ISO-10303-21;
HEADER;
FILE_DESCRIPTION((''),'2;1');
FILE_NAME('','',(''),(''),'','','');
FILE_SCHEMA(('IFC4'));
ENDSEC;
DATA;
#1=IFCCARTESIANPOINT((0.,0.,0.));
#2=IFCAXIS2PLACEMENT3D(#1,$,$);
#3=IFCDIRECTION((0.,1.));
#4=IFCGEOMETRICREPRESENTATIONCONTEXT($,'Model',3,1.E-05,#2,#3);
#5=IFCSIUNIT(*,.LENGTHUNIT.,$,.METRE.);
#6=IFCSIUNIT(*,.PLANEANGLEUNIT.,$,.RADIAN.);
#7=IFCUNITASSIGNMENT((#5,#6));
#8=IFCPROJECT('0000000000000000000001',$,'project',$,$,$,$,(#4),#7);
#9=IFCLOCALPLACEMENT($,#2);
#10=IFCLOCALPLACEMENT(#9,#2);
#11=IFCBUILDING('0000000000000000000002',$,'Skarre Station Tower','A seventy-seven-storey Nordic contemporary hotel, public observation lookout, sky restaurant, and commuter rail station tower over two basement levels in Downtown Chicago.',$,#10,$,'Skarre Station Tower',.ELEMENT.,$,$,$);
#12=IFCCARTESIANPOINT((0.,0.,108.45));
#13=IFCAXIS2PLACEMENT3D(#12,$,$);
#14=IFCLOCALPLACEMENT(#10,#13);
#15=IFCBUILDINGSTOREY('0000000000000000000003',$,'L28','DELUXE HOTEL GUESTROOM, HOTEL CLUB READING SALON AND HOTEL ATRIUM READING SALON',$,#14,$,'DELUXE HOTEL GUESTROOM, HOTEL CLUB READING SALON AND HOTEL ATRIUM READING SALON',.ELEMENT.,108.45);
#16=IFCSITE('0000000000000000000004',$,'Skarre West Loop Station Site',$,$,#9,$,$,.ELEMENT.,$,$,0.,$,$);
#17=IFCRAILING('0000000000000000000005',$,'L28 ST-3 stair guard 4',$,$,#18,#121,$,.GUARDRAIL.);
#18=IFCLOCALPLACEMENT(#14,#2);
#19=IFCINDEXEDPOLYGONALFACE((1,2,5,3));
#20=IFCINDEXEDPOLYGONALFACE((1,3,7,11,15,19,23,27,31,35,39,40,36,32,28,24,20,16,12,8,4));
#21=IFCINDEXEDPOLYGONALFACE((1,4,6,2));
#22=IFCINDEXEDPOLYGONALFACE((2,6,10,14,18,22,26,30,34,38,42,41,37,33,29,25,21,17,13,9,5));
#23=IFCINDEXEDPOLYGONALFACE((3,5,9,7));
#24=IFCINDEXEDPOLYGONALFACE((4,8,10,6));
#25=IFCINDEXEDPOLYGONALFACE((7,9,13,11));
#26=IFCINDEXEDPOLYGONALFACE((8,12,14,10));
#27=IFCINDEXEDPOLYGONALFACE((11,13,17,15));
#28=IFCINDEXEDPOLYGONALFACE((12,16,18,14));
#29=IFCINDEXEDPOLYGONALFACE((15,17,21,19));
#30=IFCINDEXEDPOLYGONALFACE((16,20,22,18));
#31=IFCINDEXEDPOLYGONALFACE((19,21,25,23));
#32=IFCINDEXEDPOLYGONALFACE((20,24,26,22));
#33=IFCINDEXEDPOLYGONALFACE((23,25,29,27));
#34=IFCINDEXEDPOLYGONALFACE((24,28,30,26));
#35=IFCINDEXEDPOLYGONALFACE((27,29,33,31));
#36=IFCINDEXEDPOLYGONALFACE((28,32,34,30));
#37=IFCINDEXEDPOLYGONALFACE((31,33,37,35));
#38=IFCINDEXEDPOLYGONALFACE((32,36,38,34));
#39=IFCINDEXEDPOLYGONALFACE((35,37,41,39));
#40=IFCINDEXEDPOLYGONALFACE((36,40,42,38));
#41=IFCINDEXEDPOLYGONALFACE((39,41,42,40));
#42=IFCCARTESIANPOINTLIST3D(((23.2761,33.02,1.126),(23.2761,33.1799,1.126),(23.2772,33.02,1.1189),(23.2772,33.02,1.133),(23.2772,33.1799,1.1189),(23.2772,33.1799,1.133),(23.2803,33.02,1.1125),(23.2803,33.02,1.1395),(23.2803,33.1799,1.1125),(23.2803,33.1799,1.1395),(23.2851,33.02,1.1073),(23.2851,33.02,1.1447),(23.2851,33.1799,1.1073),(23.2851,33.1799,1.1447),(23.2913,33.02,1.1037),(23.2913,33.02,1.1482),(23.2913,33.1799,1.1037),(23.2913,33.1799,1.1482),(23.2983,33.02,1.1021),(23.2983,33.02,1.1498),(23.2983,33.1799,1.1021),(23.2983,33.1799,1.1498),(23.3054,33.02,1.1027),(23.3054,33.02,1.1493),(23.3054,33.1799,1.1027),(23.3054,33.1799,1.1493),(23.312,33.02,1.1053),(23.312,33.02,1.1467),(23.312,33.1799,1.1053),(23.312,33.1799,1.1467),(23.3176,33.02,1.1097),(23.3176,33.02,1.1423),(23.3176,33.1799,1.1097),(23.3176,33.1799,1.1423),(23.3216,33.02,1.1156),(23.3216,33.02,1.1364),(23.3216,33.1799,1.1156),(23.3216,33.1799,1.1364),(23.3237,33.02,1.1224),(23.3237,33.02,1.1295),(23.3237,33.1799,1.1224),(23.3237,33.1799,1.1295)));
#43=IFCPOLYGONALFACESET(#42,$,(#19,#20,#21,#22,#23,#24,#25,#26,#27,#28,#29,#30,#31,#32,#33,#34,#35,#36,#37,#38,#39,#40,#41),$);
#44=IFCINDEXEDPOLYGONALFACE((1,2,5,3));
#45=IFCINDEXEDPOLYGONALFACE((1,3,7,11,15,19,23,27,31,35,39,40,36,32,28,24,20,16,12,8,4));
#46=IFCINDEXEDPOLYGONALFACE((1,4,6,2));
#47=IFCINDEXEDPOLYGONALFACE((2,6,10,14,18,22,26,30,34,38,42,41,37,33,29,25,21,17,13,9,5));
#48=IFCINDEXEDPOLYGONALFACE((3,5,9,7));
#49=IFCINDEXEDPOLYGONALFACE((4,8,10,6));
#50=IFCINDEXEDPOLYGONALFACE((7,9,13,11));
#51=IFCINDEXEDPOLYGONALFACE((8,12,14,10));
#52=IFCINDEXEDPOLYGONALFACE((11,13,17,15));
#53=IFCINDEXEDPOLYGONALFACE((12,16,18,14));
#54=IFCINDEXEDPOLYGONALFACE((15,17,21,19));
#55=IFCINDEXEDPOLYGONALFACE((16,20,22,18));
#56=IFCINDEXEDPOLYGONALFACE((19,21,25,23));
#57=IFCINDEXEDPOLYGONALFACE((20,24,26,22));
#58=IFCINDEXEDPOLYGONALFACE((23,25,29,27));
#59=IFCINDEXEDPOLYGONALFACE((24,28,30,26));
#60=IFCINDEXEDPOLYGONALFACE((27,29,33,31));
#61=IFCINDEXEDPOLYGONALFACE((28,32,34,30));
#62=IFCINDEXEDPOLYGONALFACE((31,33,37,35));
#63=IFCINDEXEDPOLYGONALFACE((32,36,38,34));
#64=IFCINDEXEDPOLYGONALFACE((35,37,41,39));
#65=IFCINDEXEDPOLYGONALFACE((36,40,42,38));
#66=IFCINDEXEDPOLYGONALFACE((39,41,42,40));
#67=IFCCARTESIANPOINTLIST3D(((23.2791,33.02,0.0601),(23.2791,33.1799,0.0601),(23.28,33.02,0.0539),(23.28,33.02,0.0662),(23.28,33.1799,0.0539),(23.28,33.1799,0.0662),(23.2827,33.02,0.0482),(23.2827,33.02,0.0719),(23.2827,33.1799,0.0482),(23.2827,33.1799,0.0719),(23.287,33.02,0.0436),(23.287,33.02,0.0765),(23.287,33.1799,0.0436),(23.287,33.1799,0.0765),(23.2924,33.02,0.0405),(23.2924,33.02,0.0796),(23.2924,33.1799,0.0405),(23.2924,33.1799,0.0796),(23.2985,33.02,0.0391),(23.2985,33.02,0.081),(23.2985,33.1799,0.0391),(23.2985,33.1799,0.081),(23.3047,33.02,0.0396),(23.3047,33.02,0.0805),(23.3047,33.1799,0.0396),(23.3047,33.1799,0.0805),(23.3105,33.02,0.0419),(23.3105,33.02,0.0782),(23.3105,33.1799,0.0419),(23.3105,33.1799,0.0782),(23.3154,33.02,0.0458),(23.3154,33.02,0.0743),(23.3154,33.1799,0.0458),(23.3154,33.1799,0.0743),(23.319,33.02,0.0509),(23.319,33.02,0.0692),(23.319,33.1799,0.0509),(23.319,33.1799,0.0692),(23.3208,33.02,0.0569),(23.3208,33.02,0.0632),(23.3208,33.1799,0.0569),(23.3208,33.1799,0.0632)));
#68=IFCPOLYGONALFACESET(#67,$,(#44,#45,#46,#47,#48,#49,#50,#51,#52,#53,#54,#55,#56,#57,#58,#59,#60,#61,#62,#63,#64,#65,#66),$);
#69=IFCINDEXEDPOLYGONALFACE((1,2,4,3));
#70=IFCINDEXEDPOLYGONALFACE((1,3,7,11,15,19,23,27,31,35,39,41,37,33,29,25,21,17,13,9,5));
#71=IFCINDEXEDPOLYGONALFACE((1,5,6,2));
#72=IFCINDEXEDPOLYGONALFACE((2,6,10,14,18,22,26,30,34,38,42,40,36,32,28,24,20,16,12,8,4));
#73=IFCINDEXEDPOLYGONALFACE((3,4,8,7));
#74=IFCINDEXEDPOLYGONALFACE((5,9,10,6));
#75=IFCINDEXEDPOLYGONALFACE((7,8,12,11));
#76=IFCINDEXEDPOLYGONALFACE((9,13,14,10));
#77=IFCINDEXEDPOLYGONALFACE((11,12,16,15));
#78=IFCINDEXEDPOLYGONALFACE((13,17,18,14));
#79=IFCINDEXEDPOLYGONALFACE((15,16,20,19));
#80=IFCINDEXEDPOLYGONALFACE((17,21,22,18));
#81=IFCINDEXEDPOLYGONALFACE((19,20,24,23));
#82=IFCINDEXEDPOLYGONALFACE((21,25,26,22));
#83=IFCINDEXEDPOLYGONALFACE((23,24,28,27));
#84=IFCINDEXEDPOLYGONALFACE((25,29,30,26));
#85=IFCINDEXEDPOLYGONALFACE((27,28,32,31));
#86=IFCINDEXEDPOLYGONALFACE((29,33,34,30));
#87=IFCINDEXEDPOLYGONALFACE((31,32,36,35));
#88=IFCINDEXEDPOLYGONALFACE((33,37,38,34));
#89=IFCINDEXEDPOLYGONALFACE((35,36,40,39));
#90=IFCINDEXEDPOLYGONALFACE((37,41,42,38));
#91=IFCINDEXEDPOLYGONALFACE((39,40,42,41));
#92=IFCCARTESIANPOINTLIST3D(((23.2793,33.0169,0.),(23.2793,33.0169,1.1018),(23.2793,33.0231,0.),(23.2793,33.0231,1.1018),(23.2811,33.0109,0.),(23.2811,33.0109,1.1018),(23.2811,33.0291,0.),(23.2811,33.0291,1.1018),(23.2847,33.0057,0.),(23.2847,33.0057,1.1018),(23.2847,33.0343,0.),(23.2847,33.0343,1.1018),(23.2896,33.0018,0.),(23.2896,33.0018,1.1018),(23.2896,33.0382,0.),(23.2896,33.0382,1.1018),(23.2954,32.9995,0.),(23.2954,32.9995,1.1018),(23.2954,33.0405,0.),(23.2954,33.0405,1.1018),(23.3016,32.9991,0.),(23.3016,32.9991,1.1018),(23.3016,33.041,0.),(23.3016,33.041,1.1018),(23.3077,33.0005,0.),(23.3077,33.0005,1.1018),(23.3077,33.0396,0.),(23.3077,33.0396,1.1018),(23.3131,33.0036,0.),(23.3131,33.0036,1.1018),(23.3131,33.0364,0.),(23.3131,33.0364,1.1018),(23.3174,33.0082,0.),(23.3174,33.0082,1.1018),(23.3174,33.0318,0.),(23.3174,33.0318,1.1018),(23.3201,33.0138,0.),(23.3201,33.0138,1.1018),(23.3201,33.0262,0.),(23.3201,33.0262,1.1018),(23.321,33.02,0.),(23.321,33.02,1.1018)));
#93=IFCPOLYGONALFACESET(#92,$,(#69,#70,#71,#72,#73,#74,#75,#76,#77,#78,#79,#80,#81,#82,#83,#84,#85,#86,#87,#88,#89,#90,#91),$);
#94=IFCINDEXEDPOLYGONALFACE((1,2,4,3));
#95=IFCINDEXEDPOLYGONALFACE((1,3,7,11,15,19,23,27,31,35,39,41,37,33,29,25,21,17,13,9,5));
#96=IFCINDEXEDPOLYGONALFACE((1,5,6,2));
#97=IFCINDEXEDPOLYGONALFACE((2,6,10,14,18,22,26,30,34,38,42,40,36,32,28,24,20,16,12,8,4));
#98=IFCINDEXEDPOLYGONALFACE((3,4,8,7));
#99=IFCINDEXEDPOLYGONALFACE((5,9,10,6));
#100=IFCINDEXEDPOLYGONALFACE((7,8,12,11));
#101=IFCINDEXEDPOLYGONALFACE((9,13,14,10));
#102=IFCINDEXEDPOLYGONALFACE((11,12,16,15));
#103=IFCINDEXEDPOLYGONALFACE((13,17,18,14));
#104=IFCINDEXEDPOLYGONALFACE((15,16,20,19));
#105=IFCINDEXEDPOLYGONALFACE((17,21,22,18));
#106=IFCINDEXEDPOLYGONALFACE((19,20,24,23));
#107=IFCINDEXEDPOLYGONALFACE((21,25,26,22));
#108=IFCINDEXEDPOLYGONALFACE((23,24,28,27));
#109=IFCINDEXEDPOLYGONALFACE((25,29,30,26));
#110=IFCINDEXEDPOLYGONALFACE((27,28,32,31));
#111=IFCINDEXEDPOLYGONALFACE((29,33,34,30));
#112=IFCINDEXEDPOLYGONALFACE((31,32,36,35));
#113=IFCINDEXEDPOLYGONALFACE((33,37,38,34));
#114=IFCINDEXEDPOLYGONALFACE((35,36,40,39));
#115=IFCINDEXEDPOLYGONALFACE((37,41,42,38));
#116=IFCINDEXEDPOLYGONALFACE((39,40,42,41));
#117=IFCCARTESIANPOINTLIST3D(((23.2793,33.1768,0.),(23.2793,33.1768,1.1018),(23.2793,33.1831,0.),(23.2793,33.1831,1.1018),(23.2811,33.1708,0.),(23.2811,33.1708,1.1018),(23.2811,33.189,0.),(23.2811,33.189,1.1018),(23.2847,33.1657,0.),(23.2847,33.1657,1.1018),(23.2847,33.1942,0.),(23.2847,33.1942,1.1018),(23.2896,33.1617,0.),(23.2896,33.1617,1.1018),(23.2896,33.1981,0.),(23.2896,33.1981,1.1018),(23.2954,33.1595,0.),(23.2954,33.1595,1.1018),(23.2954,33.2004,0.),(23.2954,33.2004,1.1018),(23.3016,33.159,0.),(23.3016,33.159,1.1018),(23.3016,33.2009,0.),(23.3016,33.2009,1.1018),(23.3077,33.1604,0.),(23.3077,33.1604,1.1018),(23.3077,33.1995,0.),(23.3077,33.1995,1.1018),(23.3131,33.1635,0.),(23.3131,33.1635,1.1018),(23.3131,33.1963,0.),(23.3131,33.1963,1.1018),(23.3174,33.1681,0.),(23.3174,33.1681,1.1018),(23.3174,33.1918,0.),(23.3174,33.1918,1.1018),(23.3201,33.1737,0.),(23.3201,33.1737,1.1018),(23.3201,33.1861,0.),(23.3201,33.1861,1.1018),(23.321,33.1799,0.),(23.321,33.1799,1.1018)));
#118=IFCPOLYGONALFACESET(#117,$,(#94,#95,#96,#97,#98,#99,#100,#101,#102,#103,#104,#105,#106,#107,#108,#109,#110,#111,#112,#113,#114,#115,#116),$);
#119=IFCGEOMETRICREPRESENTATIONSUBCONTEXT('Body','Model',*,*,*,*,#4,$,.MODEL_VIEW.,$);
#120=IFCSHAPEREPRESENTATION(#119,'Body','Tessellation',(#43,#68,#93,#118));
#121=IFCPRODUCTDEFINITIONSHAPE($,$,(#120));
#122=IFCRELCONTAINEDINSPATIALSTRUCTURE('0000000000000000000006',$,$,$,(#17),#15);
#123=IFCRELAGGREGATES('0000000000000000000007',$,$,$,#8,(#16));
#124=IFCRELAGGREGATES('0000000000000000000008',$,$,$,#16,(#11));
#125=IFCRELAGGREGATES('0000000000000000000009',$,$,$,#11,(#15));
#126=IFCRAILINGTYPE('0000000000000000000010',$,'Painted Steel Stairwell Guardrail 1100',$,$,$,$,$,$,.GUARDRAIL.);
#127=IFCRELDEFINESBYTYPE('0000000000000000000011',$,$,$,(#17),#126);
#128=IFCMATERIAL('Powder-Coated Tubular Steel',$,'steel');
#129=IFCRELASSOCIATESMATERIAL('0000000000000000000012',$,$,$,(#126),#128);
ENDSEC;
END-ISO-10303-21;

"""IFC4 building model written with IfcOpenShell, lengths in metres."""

from ifc_helpers import new_model, si_unit, direction, frame, origin, origin_2d, place, context, subcontext, project, spatial, circle, extrude, material, type_object, element, save


model = new_model("IFC4")

# Units and contexts
model_context = context("Model", 3, precision=1e-05, world=origin(), true_north=direction((0.0, 1.0)))
body_context = subcontext(model_context, "Body", "Model", "MODEL_VIEW")
ifc_project = project(units=[si_unit("LENGTHUNIT", "METRE"), si_unit("PLANEANGLEUNIT", "RADIAN")], contexts=[model_context])

# Site, building, storey
site_placement = place(None, origin())
site = spatial("IfcSite", under=ifc_project, at=site_placement, Name="Skarre West Loop Station Site", CompositionType="ELEMENT", RefElevation=0.0)
building_placement = place(site_placement, origin())
building = spatial("IfcBuilding", under=site, at=building_placement, Name="Skarre Station Tower", Description="A seventy-seven-storey Nordic contemporary hotel, public observation lookout, sky restaurant, and commuter rail station tower over two basement levels in Downtown Chicago.", LongName="Skarre Station Tower", CompositionType="ELEMENT")
storey_placement = place(building_placement, frame((0.0, 0.0, 108.45)))
storey = spatial("IfcBuildingStorey", under=building, at=storey_placement, Name="L28", Description="DELUXE HOTEL GUESTROOM, HOTEL CLUB READING SALON AND HOTEL ATRIUM READING SALON", LongName="DELUXE HOTEL GUESTROOM, HOTEL CLUB READING SALON AND HOTEL ATRIUM READING SALON", CompositionType="ELEMENT", Elevation=108.45)

# Railing
ifc_material_1 = material(Name="Powder-Coated Tubular Steel", Category="steel")
railing_type_1 = type_object("IfcRailingType", Name="Painted Steel Stairwell Guardrail 1100", PredefinedType="GUARDRAIL", material=ifc_material_1)
railing_1_placement = place(storey_placement, frame((23.3, 33.02, 0.0)))
element("IfcRailing", 1, at=railing_1_placement, inside=storey, type_object=railing_type_1, Name="L28 ST-3 stair guard 4", PredefinedType="GUARDRAIL", context=body_context, shape_type="SweptSolid", body=[
    extrude(circle(Radius=0.0239, at=origin_2d()), frame((0.0, 0.0, 1.126), z_axis=(0.0, 1.0, 0.0), x_axis=(-1.0, 0.0, 0.0)), (0.0, 0.0, 1.0), 0.1599),
    extrude(circle(Radius=0.021, at=origin_2d()), frame((0.0, 0.0, 0.0601), z_axis=(0.0, 1.0, 0.0), x_axis=(-1.0, 0.0, 0.0)), (0.0, 0.0, 1.0), 0.1599),
    extrude(circle(Radius=0.021, at=origin_2d()), origin(), (0.0, 0.0, 1.0), 1.1018),
    extrude(circle(Radius=0.021, at=origin_2d()), frame((0.0, 0.1599, 0.0)), (0.0, 0.0, 1.0), 1.1018),
])

save(model, "model.ifc")
